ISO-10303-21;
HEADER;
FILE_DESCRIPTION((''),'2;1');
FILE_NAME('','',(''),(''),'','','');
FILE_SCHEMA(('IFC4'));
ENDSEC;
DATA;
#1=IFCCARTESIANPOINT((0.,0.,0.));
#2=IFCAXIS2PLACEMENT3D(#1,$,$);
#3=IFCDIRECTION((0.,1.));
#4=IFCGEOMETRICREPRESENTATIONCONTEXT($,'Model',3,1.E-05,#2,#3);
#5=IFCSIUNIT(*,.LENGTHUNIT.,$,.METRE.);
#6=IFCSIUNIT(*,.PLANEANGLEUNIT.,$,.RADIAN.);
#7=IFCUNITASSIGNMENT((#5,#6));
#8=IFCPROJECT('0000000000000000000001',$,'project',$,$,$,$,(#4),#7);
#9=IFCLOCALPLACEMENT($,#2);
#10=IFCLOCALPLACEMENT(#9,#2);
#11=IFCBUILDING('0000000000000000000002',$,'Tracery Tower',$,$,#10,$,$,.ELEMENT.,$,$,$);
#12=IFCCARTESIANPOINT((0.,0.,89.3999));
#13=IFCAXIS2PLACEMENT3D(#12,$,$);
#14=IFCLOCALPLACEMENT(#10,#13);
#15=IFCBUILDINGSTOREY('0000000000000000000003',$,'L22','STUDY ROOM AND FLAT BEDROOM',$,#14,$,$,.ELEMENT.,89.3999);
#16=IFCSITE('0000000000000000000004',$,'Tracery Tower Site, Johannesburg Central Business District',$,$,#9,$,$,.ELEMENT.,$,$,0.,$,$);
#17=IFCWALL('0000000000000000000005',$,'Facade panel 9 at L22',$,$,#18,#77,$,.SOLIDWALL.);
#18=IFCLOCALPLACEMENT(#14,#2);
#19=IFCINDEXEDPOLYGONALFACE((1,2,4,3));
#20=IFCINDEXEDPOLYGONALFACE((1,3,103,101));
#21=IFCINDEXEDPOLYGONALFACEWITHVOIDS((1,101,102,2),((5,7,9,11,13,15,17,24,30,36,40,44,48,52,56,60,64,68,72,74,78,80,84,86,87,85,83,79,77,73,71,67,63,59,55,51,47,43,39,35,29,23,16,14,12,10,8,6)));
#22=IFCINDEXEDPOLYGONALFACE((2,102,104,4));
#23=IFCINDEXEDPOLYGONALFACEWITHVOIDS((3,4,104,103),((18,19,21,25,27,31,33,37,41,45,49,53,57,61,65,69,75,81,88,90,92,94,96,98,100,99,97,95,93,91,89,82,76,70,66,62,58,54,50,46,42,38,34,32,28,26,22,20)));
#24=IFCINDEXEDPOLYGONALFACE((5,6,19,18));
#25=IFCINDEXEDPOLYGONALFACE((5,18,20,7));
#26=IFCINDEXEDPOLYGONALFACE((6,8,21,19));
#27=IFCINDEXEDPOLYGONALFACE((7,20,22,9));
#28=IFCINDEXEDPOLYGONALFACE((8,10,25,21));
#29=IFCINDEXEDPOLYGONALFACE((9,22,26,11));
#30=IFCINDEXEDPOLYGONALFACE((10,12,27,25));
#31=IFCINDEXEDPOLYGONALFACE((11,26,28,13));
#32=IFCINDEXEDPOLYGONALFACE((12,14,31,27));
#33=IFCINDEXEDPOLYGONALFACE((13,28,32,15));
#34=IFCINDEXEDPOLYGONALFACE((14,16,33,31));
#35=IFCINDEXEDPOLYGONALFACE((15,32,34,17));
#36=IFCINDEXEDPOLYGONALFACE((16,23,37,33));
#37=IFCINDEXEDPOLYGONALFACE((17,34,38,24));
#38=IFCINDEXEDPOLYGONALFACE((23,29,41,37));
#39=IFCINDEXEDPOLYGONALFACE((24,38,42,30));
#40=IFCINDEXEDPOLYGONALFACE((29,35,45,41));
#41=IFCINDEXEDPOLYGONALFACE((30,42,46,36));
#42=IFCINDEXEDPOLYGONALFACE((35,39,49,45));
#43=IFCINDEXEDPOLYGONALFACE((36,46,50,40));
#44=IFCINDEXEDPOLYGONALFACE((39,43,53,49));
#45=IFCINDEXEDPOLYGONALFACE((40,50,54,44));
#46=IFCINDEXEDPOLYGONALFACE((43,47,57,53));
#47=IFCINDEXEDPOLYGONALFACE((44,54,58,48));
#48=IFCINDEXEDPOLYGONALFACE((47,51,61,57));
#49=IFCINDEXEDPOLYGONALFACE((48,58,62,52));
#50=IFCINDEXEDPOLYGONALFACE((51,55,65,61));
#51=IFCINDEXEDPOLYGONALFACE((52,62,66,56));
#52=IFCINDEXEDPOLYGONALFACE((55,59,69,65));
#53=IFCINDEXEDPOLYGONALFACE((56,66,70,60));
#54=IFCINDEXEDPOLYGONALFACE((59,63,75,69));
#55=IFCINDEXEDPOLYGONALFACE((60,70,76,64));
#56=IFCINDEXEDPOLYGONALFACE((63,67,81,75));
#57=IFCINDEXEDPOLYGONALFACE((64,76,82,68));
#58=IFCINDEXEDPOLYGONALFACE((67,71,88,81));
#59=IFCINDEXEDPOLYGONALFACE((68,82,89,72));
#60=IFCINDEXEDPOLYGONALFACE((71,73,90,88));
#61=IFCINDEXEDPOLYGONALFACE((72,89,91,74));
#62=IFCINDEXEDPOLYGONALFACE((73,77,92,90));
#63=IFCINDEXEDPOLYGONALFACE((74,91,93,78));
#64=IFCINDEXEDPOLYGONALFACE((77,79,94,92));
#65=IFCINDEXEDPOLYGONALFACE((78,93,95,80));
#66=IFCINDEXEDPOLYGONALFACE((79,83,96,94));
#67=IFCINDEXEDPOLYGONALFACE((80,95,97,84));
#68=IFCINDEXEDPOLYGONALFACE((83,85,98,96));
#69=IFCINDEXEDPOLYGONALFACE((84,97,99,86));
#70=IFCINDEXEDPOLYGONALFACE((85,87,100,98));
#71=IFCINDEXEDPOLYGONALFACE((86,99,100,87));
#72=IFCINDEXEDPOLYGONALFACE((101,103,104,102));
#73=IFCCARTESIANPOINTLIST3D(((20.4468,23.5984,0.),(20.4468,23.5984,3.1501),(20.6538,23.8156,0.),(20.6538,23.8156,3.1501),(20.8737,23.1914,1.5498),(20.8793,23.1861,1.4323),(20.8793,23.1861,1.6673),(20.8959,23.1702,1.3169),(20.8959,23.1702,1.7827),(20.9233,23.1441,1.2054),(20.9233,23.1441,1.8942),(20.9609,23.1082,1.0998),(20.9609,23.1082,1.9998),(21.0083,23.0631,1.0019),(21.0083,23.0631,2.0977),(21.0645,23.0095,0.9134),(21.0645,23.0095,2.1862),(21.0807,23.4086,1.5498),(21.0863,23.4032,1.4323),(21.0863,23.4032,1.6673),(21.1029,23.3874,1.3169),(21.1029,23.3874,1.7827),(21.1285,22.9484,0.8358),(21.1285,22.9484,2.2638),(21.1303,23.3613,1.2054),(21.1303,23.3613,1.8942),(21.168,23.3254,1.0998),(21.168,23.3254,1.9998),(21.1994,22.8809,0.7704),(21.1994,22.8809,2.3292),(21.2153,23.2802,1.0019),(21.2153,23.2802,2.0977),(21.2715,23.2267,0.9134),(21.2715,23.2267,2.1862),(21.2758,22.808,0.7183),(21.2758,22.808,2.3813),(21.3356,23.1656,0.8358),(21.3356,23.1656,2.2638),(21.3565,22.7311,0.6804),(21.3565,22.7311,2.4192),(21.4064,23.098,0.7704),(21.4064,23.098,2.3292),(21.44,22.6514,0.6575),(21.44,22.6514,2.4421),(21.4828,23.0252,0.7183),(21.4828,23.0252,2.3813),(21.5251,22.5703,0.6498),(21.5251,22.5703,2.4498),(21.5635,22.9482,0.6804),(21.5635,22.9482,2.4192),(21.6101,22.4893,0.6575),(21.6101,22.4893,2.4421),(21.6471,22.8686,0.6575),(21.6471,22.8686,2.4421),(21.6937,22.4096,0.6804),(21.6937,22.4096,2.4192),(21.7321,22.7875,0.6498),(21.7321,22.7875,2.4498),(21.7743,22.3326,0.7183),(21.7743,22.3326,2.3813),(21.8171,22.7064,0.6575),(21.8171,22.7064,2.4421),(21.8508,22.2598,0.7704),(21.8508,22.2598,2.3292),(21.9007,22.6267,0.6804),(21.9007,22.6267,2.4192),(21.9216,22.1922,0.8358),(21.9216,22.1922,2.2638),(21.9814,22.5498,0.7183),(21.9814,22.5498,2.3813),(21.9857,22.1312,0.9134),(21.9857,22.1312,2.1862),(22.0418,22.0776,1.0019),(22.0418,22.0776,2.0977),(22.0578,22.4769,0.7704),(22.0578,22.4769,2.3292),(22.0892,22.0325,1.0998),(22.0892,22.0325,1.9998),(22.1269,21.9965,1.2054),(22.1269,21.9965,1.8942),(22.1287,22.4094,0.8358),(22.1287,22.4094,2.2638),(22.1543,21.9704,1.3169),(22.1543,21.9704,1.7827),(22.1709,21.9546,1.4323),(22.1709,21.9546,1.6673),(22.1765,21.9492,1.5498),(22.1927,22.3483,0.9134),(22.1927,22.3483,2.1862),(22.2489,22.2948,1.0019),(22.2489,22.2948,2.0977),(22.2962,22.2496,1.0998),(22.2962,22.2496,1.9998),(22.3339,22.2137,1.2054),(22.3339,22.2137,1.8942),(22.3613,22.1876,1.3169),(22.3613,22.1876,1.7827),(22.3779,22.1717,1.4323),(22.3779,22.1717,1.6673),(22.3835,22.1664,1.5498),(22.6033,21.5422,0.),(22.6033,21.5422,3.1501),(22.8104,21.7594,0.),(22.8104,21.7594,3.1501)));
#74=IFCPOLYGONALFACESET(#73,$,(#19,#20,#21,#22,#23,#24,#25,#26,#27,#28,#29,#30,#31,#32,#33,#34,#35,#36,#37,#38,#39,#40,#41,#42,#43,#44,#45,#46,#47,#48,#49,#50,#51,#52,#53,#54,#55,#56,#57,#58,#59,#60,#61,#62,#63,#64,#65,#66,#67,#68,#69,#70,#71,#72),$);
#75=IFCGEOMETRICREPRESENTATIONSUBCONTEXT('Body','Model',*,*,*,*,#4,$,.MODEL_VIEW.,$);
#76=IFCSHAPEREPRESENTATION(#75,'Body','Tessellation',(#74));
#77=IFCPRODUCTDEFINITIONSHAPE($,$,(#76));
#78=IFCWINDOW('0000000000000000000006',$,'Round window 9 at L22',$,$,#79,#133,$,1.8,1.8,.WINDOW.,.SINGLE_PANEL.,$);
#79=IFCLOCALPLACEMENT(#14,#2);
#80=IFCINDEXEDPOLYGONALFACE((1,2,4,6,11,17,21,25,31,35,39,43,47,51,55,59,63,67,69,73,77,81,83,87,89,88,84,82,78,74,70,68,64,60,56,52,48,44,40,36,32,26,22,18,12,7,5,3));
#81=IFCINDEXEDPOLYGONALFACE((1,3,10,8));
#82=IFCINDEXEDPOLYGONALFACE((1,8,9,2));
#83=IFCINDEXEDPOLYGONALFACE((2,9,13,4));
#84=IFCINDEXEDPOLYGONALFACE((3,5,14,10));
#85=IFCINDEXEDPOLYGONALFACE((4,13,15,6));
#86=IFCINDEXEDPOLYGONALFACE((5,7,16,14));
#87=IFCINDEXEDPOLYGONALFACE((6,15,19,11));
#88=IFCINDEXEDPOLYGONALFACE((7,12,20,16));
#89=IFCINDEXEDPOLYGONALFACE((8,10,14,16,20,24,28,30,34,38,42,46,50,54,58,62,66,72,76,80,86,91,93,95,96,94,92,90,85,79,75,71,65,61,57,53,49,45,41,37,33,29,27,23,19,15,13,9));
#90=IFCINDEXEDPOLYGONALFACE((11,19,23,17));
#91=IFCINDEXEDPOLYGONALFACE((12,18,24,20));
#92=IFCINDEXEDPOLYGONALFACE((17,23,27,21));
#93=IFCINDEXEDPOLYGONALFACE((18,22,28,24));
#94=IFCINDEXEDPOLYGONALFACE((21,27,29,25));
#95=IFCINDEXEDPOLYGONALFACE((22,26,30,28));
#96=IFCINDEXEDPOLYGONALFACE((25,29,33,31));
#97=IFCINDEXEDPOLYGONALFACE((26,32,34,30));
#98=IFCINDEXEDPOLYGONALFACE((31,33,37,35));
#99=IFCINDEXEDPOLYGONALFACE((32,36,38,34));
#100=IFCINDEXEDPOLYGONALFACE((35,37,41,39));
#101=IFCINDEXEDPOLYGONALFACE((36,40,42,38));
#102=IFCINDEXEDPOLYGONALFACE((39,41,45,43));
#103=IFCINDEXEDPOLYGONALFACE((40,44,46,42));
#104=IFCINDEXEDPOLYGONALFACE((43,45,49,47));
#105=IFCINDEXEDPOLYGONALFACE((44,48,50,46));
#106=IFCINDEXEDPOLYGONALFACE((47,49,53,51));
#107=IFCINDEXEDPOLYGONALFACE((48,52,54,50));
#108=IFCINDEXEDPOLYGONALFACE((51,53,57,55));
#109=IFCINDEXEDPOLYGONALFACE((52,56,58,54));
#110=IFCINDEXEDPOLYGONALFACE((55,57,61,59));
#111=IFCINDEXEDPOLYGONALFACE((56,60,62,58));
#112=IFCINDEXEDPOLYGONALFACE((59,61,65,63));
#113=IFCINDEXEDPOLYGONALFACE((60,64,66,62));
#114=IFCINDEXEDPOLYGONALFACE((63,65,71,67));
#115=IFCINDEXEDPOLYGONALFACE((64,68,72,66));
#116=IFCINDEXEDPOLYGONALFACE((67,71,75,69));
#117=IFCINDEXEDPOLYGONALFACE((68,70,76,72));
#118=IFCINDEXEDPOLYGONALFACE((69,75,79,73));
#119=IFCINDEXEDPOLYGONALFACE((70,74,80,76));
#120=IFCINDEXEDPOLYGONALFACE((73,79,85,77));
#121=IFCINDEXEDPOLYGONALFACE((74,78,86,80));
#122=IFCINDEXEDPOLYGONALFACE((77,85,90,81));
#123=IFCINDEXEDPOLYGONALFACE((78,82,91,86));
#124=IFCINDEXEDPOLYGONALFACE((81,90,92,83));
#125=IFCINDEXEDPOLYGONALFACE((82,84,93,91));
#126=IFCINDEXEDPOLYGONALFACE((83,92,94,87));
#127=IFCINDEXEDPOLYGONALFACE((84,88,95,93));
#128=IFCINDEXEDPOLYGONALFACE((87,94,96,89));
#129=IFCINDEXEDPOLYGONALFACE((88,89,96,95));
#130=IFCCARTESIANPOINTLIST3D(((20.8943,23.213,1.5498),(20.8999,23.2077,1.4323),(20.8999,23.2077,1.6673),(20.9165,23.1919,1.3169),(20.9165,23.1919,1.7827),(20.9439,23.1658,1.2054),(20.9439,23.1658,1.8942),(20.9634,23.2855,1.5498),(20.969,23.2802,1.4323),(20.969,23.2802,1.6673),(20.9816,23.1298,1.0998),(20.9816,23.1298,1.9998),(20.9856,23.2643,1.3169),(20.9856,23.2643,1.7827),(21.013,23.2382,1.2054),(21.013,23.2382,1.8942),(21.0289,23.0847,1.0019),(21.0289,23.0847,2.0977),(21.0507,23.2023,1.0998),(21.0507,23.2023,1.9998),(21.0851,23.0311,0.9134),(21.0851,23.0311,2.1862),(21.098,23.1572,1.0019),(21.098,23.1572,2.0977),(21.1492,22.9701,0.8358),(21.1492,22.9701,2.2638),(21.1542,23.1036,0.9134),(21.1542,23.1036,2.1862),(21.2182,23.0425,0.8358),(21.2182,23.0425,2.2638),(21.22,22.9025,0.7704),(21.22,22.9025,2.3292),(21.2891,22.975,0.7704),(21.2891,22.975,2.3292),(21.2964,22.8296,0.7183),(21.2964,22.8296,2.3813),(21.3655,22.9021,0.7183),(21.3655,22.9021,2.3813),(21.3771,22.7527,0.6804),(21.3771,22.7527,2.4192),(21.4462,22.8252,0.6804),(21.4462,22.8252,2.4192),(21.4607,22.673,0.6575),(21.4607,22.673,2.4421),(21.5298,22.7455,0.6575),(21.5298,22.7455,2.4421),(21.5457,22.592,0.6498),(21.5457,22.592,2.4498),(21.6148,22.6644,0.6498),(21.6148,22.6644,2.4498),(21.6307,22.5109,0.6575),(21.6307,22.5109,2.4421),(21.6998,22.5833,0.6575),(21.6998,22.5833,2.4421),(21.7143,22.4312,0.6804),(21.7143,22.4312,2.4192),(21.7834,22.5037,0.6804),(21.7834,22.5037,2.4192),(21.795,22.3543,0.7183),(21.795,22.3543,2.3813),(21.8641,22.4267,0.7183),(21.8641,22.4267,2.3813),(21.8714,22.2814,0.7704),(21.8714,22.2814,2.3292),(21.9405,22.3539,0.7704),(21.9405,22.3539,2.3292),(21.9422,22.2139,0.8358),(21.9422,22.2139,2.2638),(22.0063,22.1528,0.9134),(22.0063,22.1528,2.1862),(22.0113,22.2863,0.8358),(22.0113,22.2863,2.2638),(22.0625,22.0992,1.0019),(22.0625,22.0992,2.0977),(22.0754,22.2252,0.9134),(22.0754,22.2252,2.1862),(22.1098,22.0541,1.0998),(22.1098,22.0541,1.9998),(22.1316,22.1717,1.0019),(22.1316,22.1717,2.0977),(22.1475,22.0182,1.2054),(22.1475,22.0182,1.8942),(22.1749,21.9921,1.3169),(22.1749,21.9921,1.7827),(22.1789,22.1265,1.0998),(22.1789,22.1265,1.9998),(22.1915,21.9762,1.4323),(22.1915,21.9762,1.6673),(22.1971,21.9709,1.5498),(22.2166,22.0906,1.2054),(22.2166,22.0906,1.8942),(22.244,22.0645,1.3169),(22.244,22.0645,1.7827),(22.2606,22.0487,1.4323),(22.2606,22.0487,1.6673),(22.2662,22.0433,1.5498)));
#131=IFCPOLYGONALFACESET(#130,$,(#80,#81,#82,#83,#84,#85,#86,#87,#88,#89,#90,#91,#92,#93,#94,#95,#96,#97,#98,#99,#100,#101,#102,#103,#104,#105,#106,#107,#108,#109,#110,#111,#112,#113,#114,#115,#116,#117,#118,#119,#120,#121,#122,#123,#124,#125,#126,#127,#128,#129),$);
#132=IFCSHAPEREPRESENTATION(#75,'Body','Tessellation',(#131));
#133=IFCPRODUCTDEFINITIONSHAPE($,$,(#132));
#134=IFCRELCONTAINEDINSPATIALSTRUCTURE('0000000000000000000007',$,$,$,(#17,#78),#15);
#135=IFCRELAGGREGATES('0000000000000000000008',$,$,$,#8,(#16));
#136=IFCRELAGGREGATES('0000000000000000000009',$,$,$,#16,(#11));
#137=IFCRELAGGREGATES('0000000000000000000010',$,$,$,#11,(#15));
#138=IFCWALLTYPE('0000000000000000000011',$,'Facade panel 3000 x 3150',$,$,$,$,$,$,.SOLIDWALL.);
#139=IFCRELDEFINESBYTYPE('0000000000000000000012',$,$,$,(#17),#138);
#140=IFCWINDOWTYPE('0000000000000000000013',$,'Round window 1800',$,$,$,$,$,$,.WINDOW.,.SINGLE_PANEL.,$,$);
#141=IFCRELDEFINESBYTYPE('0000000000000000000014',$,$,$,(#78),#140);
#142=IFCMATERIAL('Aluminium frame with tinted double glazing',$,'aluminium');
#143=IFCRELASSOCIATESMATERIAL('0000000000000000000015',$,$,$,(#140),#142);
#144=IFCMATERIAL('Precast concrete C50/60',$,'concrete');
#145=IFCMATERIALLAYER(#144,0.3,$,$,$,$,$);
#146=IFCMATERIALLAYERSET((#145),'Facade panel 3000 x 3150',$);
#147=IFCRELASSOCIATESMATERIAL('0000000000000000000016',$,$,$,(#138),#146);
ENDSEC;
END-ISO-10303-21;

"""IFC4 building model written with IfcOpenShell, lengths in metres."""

from ifc_helpers import new_model, si_unit, direction, frame, frame_2d, origin, origin_2d, place, context, subcontext, project, spatial, rectangle, circle, extrude, material, layer, layer_set, type_object, element, fill, save


model = new_model("IFC4")

# Units and contexts
model_context = context("Model", 3, precision=1e-05, world=origin(), true_north=direction((0.0, 1.0)))
body_context = subcontext(model_context, "Body", "Model", "MODEL_VIEW")
ifc_project = project(units=[si_unit("LENGTHUNIT", "METRE"), si_unit("PLANEANGLEUNIT", "RADIAN")], contexts=[model_context])

# Site, building, storey
site_placement = place(None, origin())
site = spatial("IfcSite", under=ifc_project, at=site_placement, Name="Tracery Tower Site, Johannesburg Central Business District", CompositionType="ELEMENT", RefElevation=0.0)
building_placement = place(site_placement, origin())
building = spatial("IfcBuilding", under=site, at=building_placement, Name="Tracery Tower", CompositionType="ELEMENT")
storey_placement = place(building_placement, frame((0.0, 0.0, 89.3999)))
storey = spatial("IfcBuildingStorey", under=building, at=storey_placement, Name="L22", Description="STUDY ROOM AND FLAT BEDROOM", CompositionType="ELEMENT", Elevation=89.3999)

# Wall, opening, window
ifc_material_1 = material(Name="Aluminium frame with tinted double glazing", Category="aluminium")
window_type = type_object("IfcWindowType", Name="Round window 1800", PartitioningType="SINGLE_PANEL", PredefinedType="WINDOW", material=ifc_material_1)
ifc_material_2 = material(Name="Precast concrete C50/60", Category="concrete")
ifc_layer_1 = layer(ifc_material_2, 0.3)
ifc_layer_set_1 = layer_set([ifc_layer_1], Name="Facade panel 3000 x 3150")
wall_type_1 = type_object("IfcWallType", Name="Facade panel 3000 x 3150", PredefinedType="SOLIDWALL", material=ifc_layer_set_1)
wall_1_placement = place(storey_placement, frame((22.7068, 21.6509, 0.0), z_axis=(0.0, 0.0, 1.0), x_axis=(-0.723744, 0.690068, 0.0)))
wall_1 = element("IfcWall", 1, at=wall_1_placement, inside=storey, type_object=wall_type_1, Name="Facade panel 9 at L22", PredefinedType="SOLIDWALL", context=body_context, shape_type="SweptSolid", body=[
    extrude(rectangle(XDim=2.9797, YDim=0.3, at=frame_2d((1.4897, 0.0))), origin(), (0.0, 0.0, 1.0), 3.1501),
])
opening_1_placement = place(wall_1_placement, frame((1.4897, 0.0, 1.5498)))
opening_1 = element("IfcOpeningElement", 2, at=opening_1_placement, cuts=wall_1, PredefinedType="OPENING", context=body_context, shape_type="SweptSolid", body=[
    extrude(circle(Radius=0.9, at=origin_2d()), frame((0.0, 0.1599, 0.0), z_axis=(0.0, -1.0, 0.0), x_axis=(1.0, 0.0, 0.0)), (0.0, 0.0, 1.0), 0.3201),
])
window_1_placement = place(opening_1_placement, origin())
window_1 = element("IfcWindow", 3, at=window_1_placement, inside=storey, type_object=window_type, Name="Round window 9 at L22", OverallHeight=1.8, OverallWidth=1.8, PartitioningType="SINGLE_PANEL", PredefinedType="WINDOW", context=body_context, shape_type="SweptSolid", body=[
    extrude(circle(Radius=0.9, at=origin_2d()), frame((0.0, 0.1201, 0.0), z_axis=(0.0, -1.0, 0.0), x_axis=(1.0, 0.0, 0.0)), (0.0, 0.0, 1.0), 0.1001),
])
fill(opening_1, window_1)

save(model, "model.ifc")
